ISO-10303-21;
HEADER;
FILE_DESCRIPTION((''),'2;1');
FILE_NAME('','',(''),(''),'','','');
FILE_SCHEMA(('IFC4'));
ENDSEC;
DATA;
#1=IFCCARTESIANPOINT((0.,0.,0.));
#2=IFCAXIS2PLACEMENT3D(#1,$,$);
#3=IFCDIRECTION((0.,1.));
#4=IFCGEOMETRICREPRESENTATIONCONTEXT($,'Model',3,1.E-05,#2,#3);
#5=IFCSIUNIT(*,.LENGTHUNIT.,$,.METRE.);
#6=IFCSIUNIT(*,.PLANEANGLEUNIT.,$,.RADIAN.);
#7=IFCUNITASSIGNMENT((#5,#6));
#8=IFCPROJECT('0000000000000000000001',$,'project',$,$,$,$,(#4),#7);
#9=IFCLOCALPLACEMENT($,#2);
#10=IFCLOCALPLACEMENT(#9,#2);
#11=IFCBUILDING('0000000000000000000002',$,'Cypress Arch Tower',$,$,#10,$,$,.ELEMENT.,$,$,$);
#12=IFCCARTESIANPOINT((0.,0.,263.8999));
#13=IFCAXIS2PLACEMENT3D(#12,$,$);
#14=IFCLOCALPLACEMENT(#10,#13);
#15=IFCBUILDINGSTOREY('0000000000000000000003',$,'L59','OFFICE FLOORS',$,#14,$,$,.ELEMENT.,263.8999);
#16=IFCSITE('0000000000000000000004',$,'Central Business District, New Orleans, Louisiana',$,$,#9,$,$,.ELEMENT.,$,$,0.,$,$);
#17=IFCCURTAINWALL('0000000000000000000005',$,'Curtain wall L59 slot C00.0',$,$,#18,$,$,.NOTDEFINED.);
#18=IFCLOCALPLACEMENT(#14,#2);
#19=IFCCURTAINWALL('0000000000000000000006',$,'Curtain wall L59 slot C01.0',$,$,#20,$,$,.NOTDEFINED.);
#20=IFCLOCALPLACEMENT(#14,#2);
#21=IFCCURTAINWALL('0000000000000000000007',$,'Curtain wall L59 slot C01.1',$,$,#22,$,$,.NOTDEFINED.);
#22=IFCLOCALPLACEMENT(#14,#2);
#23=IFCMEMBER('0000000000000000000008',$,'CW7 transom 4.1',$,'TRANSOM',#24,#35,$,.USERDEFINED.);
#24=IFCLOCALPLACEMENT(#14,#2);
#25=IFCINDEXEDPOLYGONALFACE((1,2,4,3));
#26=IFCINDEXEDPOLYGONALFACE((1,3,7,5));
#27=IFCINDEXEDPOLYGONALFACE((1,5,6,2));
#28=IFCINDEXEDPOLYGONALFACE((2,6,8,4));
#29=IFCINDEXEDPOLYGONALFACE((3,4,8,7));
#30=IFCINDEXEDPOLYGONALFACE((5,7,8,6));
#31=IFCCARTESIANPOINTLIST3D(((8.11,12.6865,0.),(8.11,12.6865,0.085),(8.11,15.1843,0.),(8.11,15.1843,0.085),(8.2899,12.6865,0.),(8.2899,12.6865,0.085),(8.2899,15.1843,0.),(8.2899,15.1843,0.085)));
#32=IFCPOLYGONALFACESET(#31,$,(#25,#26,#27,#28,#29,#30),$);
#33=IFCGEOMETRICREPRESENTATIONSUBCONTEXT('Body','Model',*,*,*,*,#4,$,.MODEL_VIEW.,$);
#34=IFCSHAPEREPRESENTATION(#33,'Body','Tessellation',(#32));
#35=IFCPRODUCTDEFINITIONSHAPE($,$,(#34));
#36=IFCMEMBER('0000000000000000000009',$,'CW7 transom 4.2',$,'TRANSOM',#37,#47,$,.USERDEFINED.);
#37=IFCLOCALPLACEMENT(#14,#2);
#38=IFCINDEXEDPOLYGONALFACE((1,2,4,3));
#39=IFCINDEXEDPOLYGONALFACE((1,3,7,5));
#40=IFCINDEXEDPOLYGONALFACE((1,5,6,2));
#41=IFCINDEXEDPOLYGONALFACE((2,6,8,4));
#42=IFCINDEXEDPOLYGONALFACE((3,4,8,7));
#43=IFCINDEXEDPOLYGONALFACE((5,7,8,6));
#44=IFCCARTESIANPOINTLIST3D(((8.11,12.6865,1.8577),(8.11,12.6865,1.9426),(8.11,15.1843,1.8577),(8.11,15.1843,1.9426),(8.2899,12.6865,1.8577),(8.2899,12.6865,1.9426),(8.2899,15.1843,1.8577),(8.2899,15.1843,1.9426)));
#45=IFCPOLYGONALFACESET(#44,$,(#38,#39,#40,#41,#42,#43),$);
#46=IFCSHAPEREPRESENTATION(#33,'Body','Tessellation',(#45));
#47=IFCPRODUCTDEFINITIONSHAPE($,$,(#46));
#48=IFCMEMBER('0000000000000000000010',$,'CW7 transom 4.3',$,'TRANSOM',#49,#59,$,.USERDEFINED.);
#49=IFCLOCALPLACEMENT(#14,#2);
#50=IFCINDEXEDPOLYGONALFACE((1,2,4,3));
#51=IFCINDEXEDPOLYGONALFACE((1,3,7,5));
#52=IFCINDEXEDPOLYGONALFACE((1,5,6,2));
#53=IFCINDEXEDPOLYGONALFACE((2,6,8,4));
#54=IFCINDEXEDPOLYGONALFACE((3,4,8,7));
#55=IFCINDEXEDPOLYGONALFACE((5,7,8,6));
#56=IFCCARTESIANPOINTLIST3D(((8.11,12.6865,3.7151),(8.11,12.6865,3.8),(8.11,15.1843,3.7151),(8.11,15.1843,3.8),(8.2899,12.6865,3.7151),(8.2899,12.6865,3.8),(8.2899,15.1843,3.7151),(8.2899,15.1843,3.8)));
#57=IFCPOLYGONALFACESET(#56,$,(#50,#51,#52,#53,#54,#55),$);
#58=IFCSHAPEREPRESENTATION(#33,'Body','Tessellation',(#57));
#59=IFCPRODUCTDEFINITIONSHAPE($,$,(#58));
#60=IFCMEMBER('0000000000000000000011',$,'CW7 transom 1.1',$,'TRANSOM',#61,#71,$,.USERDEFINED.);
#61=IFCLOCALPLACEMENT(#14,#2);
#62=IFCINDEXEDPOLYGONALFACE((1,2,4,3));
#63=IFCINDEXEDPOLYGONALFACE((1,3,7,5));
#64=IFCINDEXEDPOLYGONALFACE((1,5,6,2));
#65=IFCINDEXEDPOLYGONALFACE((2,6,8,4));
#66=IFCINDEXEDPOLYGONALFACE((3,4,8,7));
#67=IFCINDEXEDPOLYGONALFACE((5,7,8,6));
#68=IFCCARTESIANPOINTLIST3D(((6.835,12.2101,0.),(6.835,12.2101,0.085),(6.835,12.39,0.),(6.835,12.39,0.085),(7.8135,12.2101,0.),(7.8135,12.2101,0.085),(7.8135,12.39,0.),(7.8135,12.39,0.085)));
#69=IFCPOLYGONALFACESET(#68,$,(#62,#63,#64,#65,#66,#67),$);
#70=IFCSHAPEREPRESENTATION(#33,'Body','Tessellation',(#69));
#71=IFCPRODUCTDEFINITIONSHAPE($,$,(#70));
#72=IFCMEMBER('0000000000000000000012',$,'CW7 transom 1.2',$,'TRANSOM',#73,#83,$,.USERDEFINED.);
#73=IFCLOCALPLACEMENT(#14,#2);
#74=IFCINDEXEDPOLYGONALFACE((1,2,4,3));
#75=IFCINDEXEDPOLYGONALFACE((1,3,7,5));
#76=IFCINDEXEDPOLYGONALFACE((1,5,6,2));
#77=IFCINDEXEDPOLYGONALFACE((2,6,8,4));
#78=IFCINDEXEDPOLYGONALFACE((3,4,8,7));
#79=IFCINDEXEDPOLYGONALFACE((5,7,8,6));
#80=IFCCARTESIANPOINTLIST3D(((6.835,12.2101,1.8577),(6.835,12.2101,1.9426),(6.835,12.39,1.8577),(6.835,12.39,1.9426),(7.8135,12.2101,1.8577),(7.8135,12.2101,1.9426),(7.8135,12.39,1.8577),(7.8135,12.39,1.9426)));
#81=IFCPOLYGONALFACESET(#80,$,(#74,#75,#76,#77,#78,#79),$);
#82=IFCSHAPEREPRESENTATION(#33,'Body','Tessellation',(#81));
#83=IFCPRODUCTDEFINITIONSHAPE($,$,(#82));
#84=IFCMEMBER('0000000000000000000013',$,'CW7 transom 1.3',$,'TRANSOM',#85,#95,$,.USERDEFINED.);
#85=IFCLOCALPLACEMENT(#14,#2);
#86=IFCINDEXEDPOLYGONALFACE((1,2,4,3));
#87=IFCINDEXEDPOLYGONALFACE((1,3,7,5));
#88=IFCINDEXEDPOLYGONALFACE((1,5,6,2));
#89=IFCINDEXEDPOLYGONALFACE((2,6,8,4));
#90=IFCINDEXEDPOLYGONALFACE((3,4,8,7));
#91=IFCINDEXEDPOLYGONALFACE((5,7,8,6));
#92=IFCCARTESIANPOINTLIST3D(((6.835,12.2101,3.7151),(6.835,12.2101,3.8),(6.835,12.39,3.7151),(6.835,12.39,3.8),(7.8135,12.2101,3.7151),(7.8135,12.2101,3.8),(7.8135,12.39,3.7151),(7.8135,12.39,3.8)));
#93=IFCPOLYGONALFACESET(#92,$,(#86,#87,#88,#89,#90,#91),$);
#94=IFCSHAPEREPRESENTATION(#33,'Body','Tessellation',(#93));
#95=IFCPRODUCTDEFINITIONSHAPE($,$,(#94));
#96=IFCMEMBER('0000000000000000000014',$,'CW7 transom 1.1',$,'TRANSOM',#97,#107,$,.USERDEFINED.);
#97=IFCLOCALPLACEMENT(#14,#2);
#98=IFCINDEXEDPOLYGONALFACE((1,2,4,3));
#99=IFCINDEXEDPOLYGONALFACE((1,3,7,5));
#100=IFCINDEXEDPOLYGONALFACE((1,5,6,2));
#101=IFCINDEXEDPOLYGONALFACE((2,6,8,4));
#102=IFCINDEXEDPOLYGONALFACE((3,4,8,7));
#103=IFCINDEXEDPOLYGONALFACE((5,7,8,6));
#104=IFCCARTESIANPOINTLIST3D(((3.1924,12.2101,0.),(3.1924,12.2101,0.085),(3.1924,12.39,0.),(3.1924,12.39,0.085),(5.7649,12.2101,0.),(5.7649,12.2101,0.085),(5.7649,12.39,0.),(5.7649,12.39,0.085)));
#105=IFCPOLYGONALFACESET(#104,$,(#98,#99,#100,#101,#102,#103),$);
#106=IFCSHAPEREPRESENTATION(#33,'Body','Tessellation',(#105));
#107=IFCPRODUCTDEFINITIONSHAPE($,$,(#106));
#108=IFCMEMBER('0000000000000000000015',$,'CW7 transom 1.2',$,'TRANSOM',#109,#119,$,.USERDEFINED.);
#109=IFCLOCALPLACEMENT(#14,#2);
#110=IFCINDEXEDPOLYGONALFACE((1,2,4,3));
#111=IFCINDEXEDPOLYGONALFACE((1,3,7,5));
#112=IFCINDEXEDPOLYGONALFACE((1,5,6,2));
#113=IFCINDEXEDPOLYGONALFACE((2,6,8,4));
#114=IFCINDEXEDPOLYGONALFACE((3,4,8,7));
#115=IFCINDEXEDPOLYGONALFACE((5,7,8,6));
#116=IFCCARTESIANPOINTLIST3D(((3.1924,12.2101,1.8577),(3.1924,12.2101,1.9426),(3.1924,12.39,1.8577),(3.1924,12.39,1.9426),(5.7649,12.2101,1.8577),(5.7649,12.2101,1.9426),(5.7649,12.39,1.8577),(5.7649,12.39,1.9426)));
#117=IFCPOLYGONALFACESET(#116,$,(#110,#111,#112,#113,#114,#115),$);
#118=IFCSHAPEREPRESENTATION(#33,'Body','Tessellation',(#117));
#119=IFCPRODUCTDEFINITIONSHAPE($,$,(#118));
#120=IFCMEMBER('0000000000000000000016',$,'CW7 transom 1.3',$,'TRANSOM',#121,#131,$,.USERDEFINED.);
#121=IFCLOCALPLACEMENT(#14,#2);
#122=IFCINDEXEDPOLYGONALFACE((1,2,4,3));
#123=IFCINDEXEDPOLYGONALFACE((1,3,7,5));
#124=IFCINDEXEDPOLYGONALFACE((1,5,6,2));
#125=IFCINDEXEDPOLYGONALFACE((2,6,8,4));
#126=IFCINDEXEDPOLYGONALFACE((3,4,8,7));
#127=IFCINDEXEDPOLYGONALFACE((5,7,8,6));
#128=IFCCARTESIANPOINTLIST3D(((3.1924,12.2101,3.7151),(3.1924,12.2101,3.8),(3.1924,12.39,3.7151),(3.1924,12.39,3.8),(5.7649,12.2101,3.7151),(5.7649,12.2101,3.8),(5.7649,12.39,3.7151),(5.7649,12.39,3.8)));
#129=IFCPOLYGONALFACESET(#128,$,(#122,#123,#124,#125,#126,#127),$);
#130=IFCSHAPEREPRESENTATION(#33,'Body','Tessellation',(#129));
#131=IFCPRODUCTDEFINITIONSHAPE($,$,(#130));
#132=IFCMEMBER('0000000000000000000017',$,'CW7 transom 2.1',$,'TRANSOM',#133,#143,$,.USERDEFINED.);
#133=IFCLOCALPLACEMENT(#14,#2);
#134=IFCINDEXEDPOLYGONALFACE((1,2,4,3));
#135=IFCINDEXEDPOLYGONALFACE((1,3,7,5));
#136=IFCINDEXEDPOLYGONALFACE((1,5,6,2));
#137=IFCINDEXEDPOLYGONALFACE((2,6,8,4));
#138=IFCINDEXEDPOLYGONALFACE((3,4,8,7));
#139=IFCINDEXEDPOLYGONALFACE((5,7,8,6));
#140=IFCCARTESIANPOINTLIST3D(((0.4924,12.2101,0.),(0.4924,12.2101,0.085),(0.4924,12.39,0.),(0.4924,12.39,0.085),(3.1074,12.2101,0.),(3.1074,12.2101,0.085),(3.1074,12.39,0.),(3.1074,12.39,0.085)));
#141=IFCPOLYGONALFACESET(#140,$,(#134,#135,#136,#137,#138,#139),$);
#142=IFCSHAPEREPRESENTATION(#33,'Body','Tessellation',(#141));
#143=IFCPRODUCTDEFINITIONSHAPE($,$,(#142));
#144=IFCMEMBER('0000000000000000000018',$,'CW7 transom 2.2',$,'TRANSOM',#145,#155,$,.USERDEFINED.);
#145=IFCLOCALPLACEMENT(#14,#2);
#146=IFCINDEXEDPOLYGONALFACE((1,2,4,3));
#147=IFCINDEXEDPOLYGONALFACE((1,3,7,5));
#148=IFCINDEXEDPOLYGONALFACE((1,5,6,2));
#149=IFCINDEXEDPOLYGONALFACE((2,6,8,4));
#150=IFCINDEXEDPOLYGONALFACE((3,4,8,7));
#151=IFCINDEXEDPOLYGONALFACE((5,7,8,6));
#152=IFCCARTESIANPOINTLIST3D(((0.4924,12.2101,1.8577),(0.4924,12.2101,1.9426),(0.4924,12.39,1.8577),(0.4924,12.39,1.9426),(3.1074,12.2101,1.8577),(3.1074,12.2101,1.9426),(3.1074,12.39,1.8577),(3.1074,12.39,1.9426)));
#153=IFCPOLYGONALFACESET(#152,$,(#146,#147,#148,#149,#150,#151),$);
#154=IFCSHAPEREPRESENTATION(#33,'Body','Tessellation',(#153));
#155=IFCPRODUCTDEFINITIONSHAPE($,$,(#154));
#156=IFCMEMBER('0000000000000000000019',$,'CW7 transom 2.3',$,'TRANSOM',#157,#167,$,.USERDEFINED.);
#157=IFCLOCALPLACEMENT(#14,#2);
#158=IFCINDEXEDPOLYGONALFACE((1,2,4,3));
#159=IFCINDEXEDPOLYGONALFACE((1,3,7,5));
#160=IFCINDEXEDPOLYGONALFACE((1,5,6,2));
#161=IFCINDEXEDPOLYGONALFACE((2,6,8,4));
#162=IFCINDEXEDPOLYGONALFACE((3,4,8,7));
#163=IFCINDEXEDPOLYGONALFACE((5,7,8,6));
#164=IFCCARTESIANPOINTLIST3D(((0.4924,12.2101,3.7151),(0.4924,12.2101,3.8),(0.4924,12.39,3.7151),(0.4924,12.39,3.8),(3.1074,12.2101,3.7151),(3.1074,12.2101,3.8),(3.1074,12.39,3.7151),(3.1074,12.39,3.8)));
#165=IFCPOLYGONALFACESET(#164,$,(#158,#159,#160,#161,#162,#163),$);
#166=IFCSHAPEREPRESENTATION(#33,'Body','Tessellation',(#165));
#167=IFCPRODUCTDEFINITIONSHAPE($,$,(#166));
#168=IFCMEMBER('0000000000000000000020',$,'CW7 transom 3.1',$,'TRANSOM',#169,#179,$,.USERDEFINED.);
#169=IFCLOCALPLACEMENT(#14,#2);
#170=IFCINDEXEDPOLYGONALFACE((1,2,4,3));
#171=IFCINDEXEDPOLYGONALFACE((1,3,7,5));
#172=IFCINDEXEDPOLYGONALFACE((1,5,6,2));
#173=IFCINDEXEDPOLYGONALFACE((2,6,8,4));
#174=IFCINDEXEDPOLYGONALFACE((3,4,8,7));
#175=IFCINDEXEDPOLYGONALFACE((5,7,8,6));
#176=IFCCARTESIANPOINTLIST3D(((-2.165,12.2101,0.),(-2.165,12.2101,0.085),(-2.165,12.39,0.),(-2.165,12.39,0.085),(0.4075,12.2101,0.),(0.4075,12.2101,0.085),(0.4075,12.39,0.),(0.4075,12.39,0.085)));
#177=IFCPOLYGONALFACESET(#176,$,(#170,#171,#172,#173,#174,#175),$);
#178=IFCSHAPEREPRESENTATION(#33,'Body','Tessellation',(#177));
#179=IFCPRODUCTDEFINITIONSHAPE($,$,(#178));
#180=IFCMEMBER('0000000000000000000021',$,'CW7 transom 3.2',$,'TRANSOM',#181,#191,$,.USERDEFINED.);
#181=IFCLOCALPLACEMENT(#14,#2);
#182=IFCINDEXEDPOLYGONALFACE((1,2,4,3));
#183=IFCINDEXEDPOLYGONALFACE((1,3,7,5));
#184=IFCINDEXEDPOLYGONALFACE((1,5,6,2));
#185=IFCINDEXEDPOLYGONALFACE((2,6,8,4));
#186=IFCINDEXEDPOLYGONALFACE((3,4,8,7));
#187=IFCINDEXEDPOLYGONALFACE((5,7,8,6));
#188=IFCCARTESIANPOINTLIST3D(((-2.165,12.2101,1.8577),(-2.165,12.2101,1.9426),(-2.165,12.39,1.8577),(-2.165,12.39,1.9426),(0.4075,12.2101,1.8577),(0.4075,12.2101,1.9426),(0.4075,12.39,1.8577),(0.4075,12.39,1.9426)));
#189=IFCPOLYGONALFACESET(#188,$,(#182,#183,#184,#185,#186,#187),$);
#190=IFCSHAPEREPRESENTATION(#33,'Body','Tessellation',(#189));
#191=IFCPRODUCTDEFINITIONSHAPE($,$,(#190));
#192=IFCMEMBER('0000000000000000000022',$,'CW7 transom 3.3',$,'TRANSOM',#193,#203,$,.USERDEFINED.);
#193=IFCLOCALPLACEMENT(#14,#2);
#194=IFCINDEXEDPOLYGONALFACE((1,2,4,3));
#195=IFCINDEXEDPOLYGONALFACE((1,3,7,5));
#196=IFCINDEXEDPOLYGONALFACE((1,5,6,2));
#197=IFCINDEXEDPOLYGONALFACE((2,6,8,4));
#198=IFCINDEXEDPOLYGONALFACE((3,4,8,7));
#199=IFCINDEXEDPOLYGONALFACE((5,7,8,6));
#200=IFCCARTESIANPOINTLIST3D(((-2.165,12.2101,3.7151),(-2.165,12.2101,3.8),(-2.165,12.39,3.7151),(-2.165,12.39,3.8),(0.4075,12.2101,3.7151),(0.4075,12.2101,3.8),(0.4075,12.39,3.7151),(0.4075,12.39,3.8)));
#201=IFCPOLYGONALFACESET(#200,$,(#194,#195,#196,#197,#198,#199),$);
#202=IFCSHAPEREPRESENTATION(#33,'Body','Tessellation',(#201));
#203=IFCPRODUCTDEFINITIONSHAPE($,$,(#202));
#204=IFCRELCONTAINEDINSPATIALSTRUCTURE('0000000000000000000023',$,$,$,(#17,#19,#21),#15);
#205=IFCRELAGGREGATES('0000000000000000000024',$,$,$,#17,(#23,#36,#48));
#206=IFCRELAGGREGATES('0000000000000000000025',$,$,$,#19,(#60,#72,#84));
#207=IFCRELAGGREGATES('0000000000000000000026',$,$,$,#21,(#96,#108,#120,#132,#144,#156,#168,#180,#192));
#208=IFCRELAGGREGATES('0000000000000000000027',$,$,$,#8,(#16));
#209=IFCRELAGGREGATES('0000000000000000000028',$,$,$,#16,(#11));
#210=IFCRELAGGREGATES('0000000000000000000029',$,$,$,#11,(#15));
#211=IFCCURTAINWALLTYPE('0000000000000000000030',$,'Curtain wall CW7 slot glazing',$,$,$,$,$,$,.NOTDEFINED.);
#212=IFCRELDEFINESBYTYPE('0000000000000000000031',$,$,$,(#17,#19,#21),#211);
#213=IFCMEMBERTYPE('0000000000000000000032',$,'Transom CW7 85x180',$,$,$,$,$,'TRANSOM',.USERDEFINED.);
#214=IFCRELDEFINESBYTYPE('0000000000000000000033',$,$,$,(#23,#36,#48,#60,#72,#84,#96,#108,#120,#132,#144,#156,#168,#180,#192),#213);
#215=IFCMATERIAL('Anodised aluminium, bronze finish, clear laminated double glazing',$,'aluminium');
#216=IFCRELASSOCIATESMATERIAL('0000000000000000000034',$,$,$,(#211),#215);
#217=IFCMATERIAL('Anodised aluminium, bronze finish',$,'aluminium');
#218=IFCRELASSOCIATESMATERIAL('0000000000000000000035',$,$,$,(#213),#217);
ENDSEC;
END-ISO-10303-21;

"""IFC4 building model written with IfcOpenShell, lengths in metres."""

from ifc_helpers import new_model, si_unit, direction, frame, origin, origin_2d, place, context, subcontext, project, spatial, rectangle, extrude, material, material_profile, profile_set, type_object, element, aggregate, save


model = new_model("IFC4")

# Units and contexts
model_context = context("Model", 3, precision=1e-05, world=origin(), true_north=direction((0.0, 1.0)))
body_context = subcontext(model_context, "Body", "Model", "MODEL_VIEW")
ifc_project = project(units=[si_unit("LENGTHUNIT", "METRE"), si_unit("PLANEANGLEUNIT", "RADIAN")], contexts=[model_context])

# Site, building, storey
site_placement = place(None, origin())
site = spatial("IfcSite", under=ifc_project, at=site_placement, Name="Central Business District, New Orleans, Louisiana", CompositionType="ELEMENT", RefElevation=0.0)
building_placement = place(site_placement, origin())
building = spatial("IfcBuilding", under=site, at=building_placement, Name="Cypress Arch Tower", CompositionType="ELEMENT")
storey_placement = place(building_placement, frame((0.0, 0.0, 263.8999)))
storey = spatial("IfcBuildingStorey", under=building, at=storey_placement, Name="L59", Description="OFFICE FLOORS", CompositionType="ELEMENT", Elevation=263.8999)

# Curtain wall
ifc_material_1 = material(Name="Anodised aluminium, bronze finish, clear laminated double glazing", Category="aluminium")
curtain_wall_type = type_object("IfcCurtainWallType", Name="Curtain wall CW7 slot glazing", PredefinedType="NOTDEFINED", material=ifc_material_1)
curtain_wall_1_placement = place(storey_placement, origin())
curtain_wall_1 = element("IfcCurtainWall", 1, at=curtain_wall_1_placement, inside=storey, type_object=curtain_wall_type, Name="Curtain wall L59 slot C00.0", PredefinedType="NOTDEFINED")

# Curtain walls
curtain_wall_2_placement = place(storey_placement, origin())
curtain_wall_2 = element("IfcCurtainWall", 2, at=curtain_wall_2_placement, inside=storey, type_object=curtain_wall_type, Name="Curtain wall L59 slot C01.0", PredefinedType="NOTDEFINED")
curtain_wall_3_placement = place(storey_placement, origin())
curtain_wall_3 = element("IfcCurtainWall", 3, at=curtain_wall_3_placement, inside=storey, type_object=curtain_wall_type, Name="Curtain wall L59 slot C01.1", PredefinedType="NOTDEFINED")

# Members
ifc_material_2 = material(Name="Anodised aluminium, bronze finish", Category="aluminium")
ifc_material_profile_1 = material_profile(ifc_material_2, rectangle(XDim=0.1799, YDim=0.085, at=origin_2d()), Name="Transom 85x180")
ifc_profile_set_1 = profile_set([ifc_material_profile_1], Name="Anodised aluminium, bronze finish")
member_type_1 = type_object("IfcMemberType", Name="Transom CW7 85x180", ElementType="TRANSOM", PredefinedType="USERDEFINED", material=ifc_profile_set_1)
member_1_placement = place(storey_placement, frame((8.2, 15.1843, 0.0425), z_axis=(0.0, -1.0, 0.0), x_axis=(1.0, 0.0, 0.0)))
member_1 = element("IfcMember", 4, at=member_1_placement, type_object=member_type_1, Name="CW7 transom 4.1", ObjectType="TRANSOM", PredefinedType="USERDEFINED", context=body_context, shape_type="SweptSolid", body=[
    extrude(rectangle(XDim=0.1799, YDim=0.085, at=origin_2d()), origin(), (0.0, 0.0, 1.0), 2.4978),
])
member_2_placement = place(storey_placement, frame((8.2, 15.1843, 1.9001), z_axis=(0.0, -1.0, 0.0), x_axis=(1.0, 0.0, 0.0)))
member_2 = element("IfcMember", 5, at=member_2_placement, type_object=member_type_1, Name="CW7 transom 4.2", ObjectType="TRANSOM", PredefinedType="USERDEFINED", context=body_context, shape_type="SweptSolid", body=[
    extrude(rectangle(XDim=0.1799, YDim=0.085, at=origin_2d()), origin(), (0.0, 0.0, 1.0), 2.4978),
])
member_3_placement = place(storey_placement, frame((8.2, 15.1843, 3.7576), z_axis=(0.0, -1.0, 0.0), x_axis=(1.0, 0.0, 0.0)))
member_3 = element("IfcMember", 6, at=member_3_placement, type_object=member_type_1, Name="CW7 transom 4.3", ObjectType="TRANSOM", PredefinedType="USERDEFINED", context=body_context, shape_type="SweptSolid", body=[
    extrude(rectangle(XDim=0.1799, YDim=0.085, at=origin_2d()), origin(), (0.0, 0.0, 1.0), 2.4978),
])
member_4_placement = place(storey_placement, frame((7.8135, 12.3, 0.0425), z_axis=(-1.0, 0.0, 0.0), x_axis=(0.0, -1.0, 0.0)))
member_4 = element("IfcMember", 7, at=member_4_placement, type_object=member_type_1, Name="CW7 transom 1.1", ObjectType="TRANSOM", PredefinedType="USERDEFINED", context=body_context, shape_type="SweptSolid", body=[
    extrude(rectangle(XDim=0.1799, YDim=0.085, at=origin_2d()), origin(), (0.0, 0.0, 1.0), 0.9785),
])
member_5_placement = place(storey_placement, frame((7.8135, 12.3, 1.9001), z_axis=(-1.0, 0.0, 0.0), x_axis=(0.0, -1.0, 0.0)))
member_5 = element("IfcMember", 8, at=member_5_placement, type_object=member_type_1, Name="CW7 transom 1.2", ObjectType="TRANSOM", PredefinedType="USERDEFINED", context=body_context, shape_type="SweptSolid", body=[
    extrude(rectangle(XDim=0.1799, YDim=0.085, at=origin_2d()), origin(), (0.0, 0.0, 1.0), 0.9785),
])
member_6_placement = place(storey_placement, frame((7.8135, 12.3, 3.7576), z_axis=(-1.0, 0.0, 0.0), x_axis=(0.0, -1.0, 0.0)))
member_6 = element("IfcMember", 9, at=member_6_placement, type_object=member_type_1, Name="CW7 transom 1.3", ObjectType="TRANSOM", PredefinedType="USERDEFINED", context=body_context, shape_type="SweptSolid", body=[
    extrude(rectangle(XDim=0.1799, YDim=0.085, at=origin_2d()), origin(), (0.0, 0.0, 1.0), 0.9785),
])
member_7_placement = place(storey_placement, frame((5.7649, 12.3, 0.0425), z_axis=(-1.0, 0.0, 0.0), x_axis=(0.0, -1.0, 0.0)))
member_7 = element("IfcMember", 10, at=member_7_placement, type_object=member_type_1, Name="CW7 transom 1.1", ObjectType="TRANSOM", PredefinedType="USERDEFINED", context=body_context, shape_type="SweptSolid", body=[
    extrude(rectangle(XDim=0.1799, YDim=0.085, at=origin_2d()), origin(), (0.0, 0.0, 1.0), 2.5725),
])
member_8_placement = place(storey_placement, frame((5.7649, 12.3, 1.9001), z_axis=(-1.0, 0.0, 0.0), x_axis=(0.0, -1.0, 0.0)))
member_8 = element("IfcMember", 11, at=member_8_placement, type_object=member_type_1, Name="CW7 transom 1.2", ObjectType="TRANSOM", PredefinedType="USERDEFINED", context=body_context, shape_type="SweptSolid", body=[
    extrude(rectangle(XDim=0.1799, YDim=0.085, at=origin_2d()), origin(), (0.0, 0.0, 1.0), 2.5725),
])
member_9_placement = place(storey_placement, frame((5.7649, 12.3, 3.7576), z_axis=(-1.0, 0.0, 0.0), x_axis=(0.0, -1.0, 0.0)))
member_9 = element("IfcMember", 12, at=member_9_placement, type_object=member_type_1, Name="CW7 transom 1.3", ObjectType="TRANSOM", PredefinedType="USERDEFINED", context=body_context, shape_type="SweptSolid", body=[
    extrude(rectangle(XDim=0.1799, YDim=0.085, at=origin_2d()), origin(), (0.0, 0.0, 1.0), 2.5725),
])
member_10_placement = place(storey_placement, frame((3.1074, 12.3, 0.0425), z_axis=(-1.0, 0.0, 0.0), x_axis=(0.0, -1.0, 0.0)))
member_10 = element("IfcMember", 13, at=member_10_placement, type_object=member_type_1, Name="CW7 transom 2.1", ObjectType="TRANSOM", PredefinedType="USERDEFINED", context=body_context, shape_type="SweptSolid", body=[
    extrude(rectangle(XDim=0.1799, YDim=0.085, at=origin_2d()), origin(), (0.0, 0.0, 1.0), 2.615),
])
member_11_placement = place(storey_placement, frame((3.1074, 12.3, 1.9001), z_axis=(-1.0, 0.0, 0.0), x_axis=(0.0, -1.0, 0.0)))
member_11 = element("IfcMember", 14, at=member_11_placement, type_object=member_type_1, Name="CW7 transom 2.2", ObjectType="TRANSOM", PredefinedType="USERDEFINED", context=body_context, shape_type="SweptSolid", body=[
    extrude(rectangle(XDim=0.1799, YDim=0.085, at=origin_2d()), origin(), (0.0, 0.0, 1.0), 2.615),
])
member_12_placement = place(storey_placement, frame((3.1074, 12.3, 3.7576), z_axis=(-1.0, 0.0, 0.0), x_axis=(0.0, -1.0, 0.0)))
member_12 = element("IfcMember", 15, at=member_12_placement, type_object=member_type_1, Name="CW7 transom 2.3", ObjectType="TRANSOM", PredefinedType="USERDEFINED", context=body_context, shape_type="SweptSolid", body=[
    extrude(rectangle(XDim=0.1799, YDim=0.085, at=origin_2d()), origin(), (0.0, 0.0, 1.0), 2.615),
])
member_13_placement = place(storey_placement, frame((0.4075, 12.3, 0.0425), z_axis=(-1.0, 0.0, 0.0), x_axis=(0.0, -1.0, 0.0)))
member_13 = element("IfcMember", 16, at=member_13_placement, type_object=member_type_1, Name="CW7 transom 3.1", ObjectType="TRANSOM", PredefinedType="USERDEFINED", context=body_context, shape_type="SweptSolid", body=[
    extrude(rectangle(XDim=0.1799, YDim=0.085, at=origin_2d()), origin(), (0.0, 0.0, 1.0), 2.5725),
])
member_14_placement = place(storey_placement, frame((0.4075, 12.3, 1.9001), z_axis=(-1.0, 0.0, 0.0), x_axis=(0.0, -1.0, 0.0)))
member_14 = element("IfcMember", 17, at=member_14_placement, type_object=member_type_1, Name="CW7 transom 3.2", ObjectType="TRANSOM", PredefinedType="USERDEFINED", context=body_context, shape_type="SweptSolid", body=[
    extrude(rectangle(XDim=0.1799, YDim=0.085, at=origin_2d()), origin(), (0.0, 0.0, 1.0), 2.5725),
])
member_15_placement = place(storey_placement, frame((0.4075, 12.3, 3.7576), z_axis=(-1.0, 0.0, 0.0), x_axis=(0.0, -1.0, 0.0)))
member_15 = element("IfcMember", 18, at=member_15_placement, type_object=member_type_1, Name="CW7 transom 3.3", ObjectType="TRANSOM", PredefinedType="USERDEFINED", context=body_context, shape_type="SweptSolid", body=[
    extrude(rectangle(XDim=0.1799, YDim=0.085, at=origin_2d()), origin(), (0.0, 0.0, 1.0), 2.5725),
])

aggregate(curtain_wall_1, [member_1, member_2, member_3])
aggregate(curtain_wall_2, [member_4, member_5, member_6])
aggregate(curtain_wall_3, [member_7, member_8, member_9, member_10, member_11, member_12, member_13, member_14, member_15])

save(model, "model.ifc")
